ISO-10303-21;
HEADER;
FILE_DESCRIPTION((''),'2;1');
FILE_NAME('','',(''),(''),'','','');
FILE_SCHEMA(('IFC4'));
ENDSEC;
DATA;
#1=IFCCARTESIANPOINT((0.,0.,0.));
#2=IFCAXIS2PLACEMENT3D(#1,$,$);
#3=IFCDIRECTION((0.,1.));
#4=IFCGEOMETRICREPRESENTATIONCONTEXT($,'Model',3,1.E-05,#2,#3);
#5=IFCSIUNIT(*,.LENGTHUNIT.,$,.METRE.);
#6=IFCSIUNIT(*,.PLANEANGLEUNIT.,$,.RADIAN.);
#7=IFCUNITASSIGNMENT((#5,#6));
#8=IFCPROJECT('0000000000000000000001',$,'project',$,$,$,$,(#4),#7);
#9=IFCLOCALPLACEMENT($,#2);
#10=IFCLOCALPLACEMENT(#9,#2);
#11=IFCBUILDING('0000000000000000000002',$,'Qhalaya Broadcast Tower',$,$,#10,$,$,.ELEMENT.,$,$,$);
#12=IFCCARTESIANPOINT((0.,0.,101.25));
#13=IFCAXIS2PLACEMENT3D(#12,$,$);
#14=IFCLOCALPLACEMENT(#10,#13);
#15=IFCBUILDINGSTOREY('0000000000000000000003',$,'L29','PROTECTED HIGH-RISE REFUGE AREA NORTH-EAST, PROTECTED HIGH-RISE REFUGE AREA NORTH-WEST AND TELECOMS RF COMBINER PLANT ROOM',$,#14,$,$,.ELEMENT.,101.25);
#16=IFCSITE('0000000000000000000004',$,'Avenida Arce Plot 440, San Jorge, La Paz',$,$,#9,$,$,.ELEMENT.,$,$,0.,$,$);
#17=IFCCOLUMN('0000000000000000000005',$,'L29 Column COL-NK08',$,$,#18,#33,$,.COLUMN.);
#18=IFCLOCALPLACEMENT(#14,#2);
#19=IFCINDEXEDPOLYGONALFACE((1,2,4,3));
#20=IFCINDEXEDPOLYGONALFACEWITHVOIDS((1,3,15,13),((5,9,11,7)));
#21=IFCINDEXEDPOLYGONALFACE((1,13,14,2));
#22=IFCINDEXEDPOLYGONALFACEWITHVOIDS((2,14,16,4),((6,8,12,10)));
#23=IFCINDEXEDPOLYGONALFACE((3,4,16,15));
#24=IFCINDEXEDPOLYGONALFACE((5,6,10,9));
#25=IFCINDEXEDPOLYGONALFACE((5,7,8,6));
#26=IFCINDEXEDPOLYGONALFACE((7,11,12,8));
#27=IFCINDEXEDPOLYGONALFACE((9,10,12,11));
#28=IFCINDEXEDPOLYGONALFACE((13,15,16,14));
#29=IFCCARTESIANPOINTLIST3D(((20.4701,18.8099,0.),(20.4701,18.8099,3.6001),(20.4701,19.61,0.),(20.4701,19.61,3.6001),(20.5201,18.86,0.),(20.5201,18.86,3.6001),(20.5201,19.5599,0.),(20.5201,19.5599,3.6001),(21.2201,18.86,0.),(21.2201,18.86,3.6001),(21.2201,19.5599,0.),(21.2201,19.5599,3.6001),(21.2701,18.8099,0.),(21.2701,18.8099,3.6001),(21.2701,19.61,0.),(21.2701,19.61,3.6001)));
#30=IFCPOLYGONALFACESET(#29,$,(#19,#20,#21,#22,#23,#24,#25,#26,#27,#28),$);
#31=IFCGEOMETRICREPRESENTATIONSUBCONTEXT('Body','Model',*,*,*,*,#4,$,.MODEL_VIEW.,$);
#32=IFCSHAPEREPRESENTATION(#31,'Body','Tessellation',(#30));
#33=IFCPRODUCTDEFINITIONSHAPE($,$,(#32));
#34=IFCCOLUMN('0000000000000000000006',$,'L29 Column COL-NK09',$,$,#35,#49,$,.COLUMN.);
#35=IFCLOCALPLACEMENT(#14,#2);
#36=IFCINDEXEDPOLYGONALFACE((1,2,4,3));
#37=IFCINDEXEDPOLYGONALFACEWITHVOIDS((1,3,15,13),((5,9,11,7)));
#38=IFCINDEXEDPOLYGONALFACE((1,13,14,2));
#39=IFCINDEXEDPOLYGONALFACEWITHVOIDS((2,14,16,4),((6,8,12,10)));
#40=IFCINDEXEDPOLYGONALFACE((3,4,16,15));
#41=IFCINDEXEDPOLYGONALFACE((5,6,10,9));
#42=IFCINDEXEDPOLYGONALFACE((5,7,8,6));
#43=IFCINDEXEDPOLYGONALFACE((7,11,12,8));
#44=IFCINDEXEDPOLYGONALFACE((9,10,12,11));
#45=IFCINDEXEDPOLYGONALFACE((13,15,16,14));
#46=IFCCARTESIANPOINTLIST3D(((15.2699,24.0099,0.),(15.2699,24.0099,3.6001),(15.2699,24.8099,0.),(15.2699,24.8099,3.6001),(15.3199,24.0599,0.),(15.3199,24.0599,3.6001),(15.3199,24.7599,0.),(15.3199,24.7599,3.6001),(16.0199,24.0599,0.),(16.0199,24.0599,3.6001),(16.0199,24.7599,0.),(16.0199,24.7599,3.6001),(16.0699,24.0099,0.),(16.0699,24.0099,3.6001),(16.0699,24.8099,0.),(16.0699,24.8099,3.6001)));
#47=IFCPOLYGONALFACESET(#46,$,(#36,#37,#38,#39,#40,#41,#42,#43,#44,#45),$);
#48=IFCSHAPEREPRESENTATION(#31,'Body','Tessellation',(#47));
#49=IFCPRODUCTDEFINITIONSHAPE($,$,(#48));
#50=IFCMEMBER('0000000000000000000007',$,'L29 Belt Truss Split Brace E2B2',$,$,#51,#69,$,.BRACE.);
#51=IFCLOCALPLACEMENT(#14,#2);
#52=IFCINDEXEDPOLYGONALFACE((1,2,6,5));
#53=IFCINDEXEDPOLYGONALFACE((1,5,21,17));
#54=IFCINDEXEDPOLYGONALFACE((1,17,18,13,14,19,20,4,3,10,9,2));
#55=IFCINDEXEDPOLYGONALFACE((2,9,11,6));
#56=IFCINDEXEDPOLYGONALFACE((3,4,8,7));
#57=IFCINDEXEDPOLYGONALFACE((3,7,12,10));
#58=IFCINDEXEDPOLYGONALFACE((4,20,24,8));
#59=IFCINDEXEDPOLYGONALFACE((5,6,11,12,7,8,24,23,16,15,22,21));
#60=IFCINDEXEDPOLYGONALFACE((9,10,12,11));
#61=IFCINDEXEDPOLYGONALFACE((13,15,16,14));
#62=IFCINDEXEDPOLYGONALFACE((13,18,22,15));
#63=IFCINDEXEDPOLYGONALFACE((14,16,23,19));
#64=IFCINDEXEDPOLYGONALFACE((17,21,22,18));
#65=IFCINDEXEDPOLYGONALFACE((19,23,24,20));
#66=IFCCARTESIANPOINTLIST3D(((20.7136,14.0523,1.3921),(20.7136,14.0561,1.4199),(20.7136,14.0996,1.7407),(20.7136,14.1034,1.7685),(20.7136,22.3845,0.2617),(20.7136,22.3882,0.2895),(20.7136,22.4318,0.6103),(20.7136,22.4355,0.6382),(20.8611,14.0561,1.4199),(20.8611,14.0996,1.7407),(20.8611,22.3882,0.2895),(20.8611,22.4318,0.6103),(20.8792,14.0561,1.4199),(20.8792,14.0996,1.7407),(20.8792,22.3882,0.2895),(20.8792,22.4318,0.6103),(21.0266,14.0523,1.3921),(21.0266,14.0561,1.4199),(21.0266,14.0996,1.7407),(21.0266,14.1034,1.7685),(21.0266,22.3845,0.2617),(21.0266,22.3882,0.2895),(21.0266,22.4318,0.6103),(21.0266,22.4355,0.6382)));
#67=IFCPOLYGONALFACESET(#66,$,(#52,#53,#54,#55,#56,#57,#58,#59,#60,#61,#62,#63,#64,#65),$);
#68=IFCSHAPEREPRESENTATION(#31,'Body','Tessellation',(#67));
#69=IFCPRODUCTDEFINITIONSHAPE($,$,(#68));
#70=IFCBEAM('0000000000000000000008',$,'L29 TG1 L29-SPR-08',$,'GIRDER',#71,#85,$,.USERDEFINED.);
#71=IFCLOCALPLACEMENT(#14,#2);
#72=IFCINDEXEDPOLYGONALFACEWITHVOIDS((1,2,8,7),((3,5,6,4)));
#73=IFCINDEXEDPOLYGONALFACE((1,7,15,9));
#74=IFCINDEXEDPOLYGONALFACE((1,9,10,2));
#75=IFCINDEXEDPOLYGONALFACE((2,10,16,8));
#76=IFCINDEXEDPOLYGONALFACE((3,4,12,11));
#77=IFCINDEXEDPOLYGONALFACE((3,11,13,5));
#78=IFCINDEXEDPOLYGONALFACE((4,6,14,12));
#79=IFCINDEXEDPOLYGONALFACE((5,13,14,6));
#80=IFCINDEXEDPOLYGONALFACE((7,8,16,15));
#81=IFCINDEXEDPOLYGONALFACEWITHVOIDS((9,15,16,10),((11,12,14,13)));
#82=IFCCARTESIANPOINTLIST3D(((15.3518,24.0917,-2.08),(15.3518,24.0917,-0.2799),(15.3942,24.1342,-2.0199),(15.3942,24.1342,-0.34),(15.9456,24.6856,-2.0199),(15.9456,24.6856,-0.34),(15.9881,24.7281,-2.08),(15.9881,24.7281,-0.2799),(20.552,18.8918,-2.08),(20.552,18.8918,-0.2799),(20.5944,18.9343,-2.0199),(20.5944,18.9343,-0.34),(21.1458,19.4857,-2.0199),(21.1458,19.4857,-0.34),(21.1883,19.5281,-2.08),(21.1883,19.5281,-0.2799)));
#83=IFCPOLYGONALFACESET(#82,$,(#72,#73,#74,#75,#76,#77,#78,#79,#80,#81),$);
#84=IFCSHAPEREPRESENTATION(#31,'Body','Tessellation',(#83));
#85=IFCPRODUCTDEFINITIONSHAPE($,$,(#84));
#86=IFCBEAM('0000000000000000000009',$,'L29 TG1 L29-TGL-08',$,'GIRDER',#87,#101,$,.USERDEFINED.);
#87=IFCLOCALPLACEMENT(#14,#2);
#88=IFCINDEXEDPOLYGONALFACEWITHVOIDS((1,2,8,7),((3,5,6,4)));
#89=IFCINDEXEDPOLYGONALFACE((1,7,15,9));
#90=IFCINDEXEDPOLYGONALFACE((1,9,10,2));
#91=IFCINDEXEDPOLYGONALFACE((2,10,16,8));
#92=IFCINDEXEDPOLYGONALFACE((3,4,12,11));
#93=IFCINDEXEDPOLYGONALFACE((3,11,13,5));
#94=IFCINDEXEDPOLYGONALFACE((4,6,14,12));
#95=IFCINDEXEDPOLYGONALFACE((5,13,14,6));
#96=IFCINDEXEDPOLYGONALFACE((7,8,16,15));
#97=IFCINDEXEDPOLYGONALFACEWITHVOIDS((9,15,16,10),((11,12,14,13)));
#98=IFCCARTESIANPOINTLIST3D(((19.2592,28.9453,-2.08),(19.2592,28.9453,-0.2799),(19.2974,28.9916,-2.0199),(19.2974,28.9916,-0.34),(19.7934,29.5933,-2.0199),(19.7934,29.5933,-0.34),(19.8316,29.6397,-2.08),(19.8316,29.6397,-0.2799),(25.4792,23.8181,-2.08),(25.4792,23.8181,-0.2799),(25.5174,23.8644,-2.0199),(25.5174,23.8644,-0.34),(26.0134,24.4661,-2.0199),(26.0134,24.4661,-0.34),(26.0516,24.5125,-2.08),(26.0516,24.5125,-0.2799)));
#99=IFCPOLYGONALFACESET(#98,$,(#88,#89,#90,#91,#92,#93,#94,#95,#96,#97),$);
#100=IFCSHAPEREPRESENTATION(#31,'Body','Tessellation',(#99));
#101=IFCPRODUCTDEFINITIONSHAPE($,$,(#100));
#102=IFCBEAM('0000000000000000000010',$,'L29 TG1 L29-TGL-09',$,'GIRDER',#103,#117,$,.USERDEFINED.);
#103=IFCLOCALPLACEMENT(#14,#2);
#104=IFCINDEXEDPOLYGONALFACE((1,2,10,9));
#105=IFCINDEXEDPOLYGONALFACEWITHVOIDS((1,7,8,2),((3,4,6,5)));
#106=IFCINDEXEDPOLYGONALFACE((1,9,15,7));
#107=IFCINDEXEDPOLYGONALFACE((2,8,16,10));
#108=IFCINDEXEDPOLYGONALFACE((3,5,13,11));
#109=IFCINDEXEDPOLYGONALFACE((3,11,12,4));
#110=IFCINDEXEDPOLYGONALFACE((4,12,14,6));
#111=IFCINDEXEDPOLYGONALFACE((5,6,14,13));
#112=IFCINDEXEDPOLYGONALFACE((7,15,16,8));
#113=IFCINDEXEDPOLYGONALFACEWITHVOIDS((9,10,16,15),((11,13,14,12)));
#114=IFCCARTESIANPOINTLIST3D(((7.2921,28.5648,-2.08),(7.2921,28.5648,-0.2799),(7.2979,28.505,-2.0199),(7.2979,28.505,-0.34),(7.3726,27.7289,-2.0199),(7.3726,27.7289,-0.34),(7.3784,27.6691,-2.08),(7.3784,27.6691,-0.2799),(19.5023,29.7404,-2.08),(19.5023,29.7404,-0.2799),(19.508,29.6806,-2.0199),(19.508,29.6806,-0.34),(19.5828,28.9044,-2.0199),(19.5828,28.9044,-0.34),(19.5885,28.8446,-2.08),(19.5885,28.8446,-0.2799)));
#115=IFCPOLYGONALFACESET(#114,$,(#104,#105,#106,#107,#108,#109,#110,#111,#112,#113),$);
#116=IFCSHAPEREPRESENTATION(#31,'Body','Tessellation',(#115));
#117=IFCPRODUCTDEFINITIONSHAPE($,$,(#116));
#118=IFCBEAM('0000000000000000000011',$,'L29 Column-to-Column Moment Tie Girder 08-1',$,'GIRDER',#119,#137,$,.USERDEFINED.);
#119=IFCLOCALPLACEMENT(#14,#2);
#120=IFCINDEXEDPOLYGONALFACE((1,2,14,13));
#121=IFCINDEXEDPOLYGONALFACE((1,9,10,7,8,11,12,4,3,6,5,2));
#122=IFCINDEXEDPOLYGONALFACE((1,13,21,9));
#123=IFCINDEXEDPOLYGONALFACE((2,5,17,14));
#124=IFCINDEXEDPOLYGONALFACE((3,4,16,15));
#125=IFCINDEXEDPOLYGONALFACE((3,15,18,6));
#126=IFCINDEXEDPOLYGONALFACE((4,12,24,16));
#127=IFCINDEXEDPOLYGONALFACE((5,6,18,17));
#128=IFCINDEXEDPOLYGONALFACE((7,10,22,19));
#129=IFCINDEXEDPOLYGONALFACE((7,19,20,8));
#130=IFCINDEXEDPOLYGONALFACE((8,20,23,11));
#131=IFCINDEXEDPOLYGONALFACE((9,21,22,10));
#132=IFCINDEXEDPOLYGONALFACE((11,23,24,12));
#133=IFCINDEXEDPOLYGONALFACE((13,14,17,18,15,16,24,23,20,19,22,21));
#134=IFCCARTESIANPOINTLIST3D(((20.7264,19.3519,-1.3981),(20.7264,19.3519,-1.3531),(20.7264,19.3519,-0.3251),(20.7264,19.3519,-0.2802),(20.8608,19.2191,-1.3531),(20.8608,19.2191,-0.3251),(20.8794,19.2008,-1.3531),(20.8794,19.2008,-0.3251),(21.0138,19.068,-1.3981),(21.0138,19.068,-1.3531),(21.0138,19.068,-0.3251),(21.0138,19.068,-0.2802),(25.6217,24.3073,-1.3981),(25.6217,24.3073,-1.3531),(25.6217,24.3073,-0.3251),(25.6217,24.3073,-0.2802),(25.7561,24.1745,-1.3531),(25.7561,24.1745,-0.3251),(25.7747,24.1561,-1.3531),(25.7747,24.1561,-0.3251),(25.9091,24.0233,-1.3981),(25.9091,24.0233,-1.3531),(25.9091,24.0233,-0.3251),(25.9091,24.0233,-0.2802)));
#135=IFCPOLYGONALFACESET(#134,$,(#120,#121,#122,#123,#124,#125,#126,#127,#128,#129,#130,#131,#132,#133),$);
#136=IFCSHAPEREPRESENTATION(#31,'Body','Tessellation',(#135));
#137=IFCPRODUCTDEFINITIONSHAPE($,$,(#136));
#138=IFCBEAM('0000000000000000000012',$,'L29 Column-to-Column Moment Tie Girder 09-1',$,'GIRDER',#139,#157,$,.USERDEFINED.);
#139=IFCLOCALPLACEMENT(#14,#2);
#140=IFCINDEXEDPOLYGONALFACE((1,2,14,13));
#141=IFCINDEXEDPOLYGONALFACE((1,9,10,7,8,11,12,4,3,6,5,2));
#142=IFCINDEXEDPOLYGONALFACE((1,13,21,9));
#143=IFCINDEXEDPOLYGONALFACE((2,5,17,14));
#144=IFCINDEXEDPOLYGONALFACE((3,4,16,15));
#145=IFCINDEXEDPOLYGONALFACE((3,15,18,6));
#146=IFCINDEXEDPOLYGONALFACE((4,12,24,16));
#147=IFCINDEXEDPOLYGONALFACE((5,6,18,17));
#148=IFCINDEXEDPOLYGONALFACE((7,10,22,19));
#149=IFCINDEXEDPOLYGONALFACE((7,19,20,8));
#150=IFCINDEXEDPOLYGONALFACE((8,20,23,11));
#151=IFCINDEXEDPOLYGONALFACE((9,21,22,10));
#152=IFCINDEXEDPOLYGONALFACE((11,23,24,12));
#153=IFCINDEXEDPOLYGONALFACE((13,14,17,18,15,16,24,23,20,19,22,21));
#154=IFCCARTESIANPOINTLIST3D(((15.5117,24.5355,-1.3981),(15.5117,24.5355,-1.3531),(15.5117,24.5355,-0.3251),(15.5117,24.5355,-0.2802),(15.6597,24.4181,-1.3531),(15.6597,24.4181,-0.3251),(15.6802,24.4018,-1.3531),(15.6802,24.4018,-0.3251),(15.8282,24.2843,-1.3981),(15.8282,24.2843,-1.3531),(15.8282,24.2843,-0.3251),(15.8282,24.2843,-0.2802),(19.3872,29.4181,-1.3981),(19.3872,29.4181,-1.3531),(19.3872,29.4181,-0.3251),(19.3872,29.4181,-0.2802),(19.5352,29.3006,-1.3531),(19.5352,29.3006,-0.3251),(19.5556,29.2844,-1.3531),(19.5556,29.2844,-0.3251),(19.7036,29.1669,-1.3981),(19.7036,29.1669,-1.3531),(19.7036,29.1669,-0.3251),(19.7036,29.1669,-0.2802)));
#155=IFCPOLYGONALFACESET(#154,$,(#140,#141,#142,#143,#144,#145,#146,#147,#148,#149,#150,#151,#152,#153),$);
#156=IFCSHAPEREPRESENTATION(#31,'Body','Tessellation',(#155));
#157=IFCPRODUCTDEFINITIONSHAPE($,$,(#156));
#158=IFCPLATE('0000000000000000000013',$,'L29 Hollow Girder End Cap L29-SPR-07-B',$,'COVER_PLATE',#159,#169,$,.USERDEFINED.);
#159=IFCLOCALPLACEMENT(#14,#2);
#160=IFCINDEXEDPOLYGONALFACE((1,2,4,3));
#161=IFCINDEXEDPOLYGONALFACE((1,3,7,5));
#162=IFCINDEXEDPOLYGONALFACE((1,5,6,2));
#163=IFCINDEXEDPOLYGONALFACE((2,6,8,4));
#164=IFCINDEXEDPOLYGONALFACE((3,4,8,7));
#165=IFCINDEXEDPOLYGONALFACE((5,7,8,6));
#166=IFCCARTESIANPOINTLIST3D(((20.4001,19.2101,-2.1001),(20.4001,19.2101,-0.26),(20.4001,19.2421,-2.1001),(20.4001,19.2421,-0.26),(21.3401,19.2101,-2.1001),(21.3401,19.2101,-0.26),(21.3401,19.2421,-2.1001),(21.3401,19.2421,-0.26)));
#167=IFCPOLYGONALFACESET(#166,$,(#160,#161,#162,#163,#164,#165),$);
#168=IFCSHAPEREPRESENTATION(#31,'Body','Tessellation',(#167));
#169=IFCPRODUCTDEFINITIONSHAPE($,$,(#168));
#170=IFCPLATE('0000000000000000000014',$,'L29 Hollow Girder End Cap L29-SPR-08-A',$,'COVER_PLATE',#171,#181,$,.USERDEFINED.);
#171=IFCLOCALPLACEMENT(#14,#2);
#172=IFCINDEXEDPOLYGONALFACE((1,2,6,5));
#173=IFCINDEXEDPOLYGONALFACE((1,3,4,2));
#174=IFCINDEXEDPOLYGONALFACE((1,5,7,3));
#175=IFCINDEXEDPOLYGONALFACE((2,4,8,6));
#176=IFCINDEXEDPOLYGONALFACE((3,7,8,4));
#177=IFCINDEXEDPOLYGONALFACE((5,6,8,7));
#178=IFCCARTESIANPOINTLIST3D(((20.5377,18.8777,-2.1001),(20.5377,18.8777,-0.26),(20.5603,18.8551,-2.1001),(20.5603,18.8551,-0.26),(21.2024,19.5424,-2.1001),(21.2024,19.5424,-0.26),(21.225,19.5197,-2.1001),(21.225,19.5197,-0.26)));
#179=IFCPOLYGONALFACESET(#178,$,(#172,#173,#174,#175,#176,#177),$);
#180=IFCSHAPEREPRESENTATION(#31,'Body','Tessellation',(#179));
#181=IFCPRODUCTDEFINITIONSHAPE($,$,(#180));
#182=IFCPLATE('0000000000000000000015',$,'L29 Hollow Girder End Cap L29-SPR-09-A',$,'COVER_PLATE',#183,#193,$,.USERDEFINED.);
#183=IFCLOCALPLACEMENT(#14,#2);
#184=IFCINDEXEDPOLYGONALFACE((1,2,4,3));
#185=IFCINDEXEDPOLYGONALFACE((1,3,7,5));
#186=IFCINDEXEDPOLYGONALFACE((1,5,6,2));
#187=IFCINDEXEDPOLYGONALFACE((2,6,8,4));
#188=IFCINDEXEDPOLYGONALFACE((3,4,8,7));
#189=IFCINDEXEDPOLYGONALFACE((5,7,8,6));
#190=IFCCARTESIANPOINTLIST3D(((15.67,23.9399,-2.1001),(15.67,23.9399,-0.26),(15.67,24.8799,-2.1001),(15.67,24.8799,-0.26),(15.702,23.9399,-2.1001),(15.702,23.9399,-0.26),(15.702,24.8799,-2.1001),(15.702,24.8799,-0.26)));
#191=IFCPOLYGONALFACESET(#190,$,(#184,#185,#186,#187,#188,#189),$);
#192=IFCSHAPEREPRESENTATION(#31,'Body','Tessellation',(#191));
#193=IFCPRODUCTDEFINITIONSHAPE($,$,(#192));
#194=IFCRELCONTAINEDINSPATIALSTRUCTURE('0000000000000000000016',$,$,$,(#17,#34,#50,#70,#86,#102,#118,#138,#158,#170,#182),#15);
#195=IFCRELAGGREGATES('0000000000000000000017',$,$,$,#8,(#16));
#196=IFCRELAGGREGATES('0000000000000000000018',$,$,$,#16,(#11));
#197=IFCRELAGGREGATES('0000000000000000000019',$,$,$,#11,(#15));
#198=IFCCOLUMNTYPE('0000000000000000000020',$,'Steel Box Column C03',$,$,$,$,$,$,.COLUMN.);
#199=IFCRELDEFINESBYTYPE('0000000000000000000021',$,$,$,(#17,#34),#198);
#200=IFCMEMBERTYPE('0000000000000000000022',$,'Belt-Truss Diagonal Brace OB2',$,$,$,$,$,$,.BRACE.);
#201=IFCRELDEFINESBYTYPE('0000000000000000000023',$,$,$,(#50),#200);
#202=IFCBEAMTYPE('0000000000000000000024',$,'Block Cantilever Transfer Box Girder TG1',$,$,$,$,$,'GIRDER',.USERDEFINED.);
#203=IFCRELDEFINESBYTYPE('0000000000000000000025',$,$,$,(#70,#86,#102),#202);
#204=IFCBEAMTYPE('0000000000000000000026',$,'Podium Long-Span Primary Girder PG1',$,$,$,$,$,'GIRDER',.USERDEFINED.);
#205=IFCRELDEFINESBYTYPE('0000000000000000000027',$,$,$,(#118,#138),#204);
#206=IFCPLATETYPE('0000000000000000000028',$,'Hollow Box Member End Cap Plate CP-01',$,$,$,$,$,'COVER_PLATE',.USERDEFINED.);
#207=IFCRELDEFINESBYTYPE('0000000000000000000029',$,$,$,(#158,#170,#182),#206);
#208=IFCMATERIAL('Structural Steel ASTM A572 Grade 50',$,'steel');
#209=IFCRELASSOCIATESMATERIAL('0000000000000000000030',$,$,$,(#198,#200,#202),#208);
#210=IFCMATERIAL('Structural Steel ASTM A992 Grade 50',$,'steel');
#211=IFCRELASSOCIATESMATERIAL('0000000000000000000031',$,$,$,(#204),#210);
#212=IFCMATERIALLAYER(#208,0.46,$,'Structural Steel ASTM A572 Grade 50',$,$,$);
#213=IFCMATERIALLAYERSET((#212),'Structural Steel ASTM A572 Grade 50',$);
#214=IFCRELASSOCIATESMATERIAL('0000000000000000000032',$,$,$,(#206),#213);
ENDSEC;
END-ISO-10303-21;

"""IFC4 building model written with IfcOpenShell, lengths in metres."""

from ifc_helpers import new_model, si_unit, direction, frame, origin, origin_2d, place, context, subcontext, project, spatial, rectangle, hollow_rectangle, i_section, extrude, material, layer, layer_set, material_profile, profile_set, type_object, element, save


model = new_model("IFC4")

# Units and contexts
model_context = context("Model", 3, precision=1e-05, world=origin(), true_north=direction((0.0, 1.0)))
body_context = subcontext(model_context, "Body", "Model", "MODEL_VIEW")
ifc_project = project(units=[si_unit("LENGTHUNIT", "METRE"), si_unit("PLANEANGLEUNIT", "RADIAN")], contexts=[model_context])

# Site, building, storey
site_placement = place(None, origin())
site = spatial("IfcSite", under=ifc_project, at=site_placement, Name="Avenida Arce Plot 440, San Jorge, La Paz", CompositionType="ELEMENT", RefElevation=0.0)
building_placement = place(site_placement, origin())
building = spatial("IfcBuilding", under=site, at=building_placement, Name="Qhalaya Broadcast Tower", CompositionType="ELEMENT")
storey_placement = place(building_placement, frame((0.0, 0.0, 101.25)))
storey = spatial("IfcBuildingStorey", under=building, at=storey_placement, Name="L29", Description="PROTECTED HIGH-RISE REFUGE AREA NORTH-EAST, PROTECTED HIGH-RISE REFUGE AREA NORTH-WEST AND TELECOMS RF COMBINER PLANT ROOM", CompositionType="ELEMENT", Elevation=101.25)

# Columns
ifc_material_1 = material(Name="Structural Steel ASTM A572 Grade 50", Category="steel")
ifc_material_profile_1 = material_profile(ifc_material_1, hollow_rectangle(XDim=0.8, YDim=0.8, WallThickness=0.05, at=origin_2d()), Name="BOX 800x800x50")
ifc_profile_set_1 = profile_set([ifc_material_profile_1], Name="Structural Steel ASTM A572 Grade 50")
column_type = type_object("IfcColumnType", Name="Steel Box Column C03", PredefinedType="COLUMN", material=ifc_profile_set_1)
for number, where, z_axis, x_axis, name in (
    (1, (20.8701, 19.21, 0.0), (0.0, 0.0, 1.0), (0.0, 1.0, 0.0), "L29 Column COL-NK08"),
    (2, (15.6699, 24.4099, 0.0), (0.0, 0.0, 1.0), (1.0, 0.0, 0.0), "L29 Column COL-NK09"),
):
    element("IfcColumn", number, at=place(storey_placement, frame(where, z_axis=z_axis, x_axis=x_axis)), inside=storey, type_object=column_type, Name=name, PredefinedType="COLUMN", context=body_context, shape_type="SweptSolid", body=[
        extrude(hollow_rectangle(XDim=0.8, YDim=0.8, WallThickness=0.05, at=origin_2d()), origin(), (0.0, 0.0, 1.0), 3.6001),
    ])

# Member
ifc_material_profile_2 = material_profile(ifc_material_1, i_section(OverallWidth=0.313, OverallDepth=0.3799, WebThickness=0.0181, FlangeThickness=0.0281, at=origin_2d()), Name="W12X120")
ifc_profile_set_2 = profile_set([ifc_material_profile_2], Name="Structural Steel ASTM A572 Grade 50")
member_type = type_object("IfcMemberType", Name="Belt-Truss Diagonal Brace OB2", PredefinedType="BRACE", material=ifc_profile_set_2)
member_placement = place(storey_placement, frame((20.8701, 14.0779, 1.5803), z_axis=(0.0, 0.990923, -0.134434), x_axis=(-1.0, 0.0, 0.0)))
element("IfcMember", 3, at=member_placement, inside=storey, type_object=member_type, Name="L29 Belt Truss Split Brace E2B2", PredefinedType="BRACE", context=body_context, shape_type="SweptSolid", body=[
    extrude(i_section(OverallWidth=0.313, OverallDepth=0.3799, WebThickness=0.0181, FlangeThickness=0.0281, at=origin_2d()), origin(), (0.0, 0.0, 1.0), 8.4084),
])

# Beams
ifc_material_profile_3 = material_profile(ifc_material_1, hollow_rectangle(XDim=0.8999, YDim=1.8, WallThickness=0.0601, at=origin_2d()), Name="BOX 900x1800x60")
ifc_profile_set_3 = profile_set([ifc_material_profile_3], Name="Structural Steel ASTM A572 Grade 50")
beam_type_1 = type_object("IfcBeamType", Name="Block Cantilever Transfer Box Girder TG1", ElementType="GIRDER", PredefinedType="USERDEFINED", material=ifc_profile_set_3)
beam_1_placement = place(storey_placement, frame((20.8701, 19.21, -1.1799), z_axis=(-0.707123, 0.70709, 0.0), x_axis=(-0.70709, -0.707123, 0.0)))
element("IfcBeam", 4, at=beam_1_placement, inside=storey, type_object=beam_type_1, Name="L29 TG1 L29-SPR-08", ObjectType="GIRDER", PredefinedType="USERDEFINED", context=body_context, shape_type="SweptSolid", body=[
    extrude(hollow_rectangle(XDim=0.8999, YDim=1.8, WallThickness=0.0601, at=origin_2d()), origin(), (0.0, 0.0, 1.0), 7.354),
])
beam_2_placement = place(storey_placement, frame((25.7654, 24.1653, -1.1799), z_axis=(-0.771634, 0.636067, 0.0), x_axis=(-0.636067, -0.771634, 0.0)))
element("IfcBeam", 5, at=beam_2_placement, inside=storey, type_object=beam_type_1, Name="L29 TG1 L29-TGL-08", ObjectType="GIRDER", PredefinedType="USERDEFINED", context=body_context, shape_type="SweptSolid", body=[
    extrude(hollow_rectangle(XDim=0.8999, YDim=1.8, WallThickness=0.0601, at=origin_2d()), origin(), (0.0, 0.0, 1.0), 8.0608),
])
beam_3_placement = place(storey_placement, frame((19.5454, 29.2925, -1.1799), z_axis=(-0.995398, -0.095832, 0.0), x_axis=(0.095832, -0.995398, 0.0)))
element("IfcBeam", 6, at=beam_3_placement, inside=storey, type_object=beam_type_1, Name="L29 TG1 L29-TGL-09", ObjectType="GIRDER", PredefinedType="USERDEFINED", context=body_context, shape_type="SweptSolid", body=[
    extrude(hollow_rectangle(XDim=0.8999, YDim=1.8, WallThickness=0.0601, at=origin_2d()), origin(), (0.0, 0.0, 1.0), 12.2666),
])
ifc_material_2 = material(Name="Structural Steel ASTM A992 Grade 50", Category="steel")
ifc_material_profile_4 = material_profile(ifc_material_2, i_section(OverallWidth=0.4041, OverallDepth=1.1179, WebThickness=0.0261, FlangeThickness=0.0449, at=origin_2d()), Name="W44X335")
ifc_profile_set_4 = profile_set([ifc_material_profile_4], Name="Structural Steel ASTM A992 Grade 50")
beam_type_2 = type_object("IfcBeamType", Name="Podium Long-Span Primary Girder PG1", ElementType="GIRDER", PredefinedType="USERDEFINED", material=ifc_profile_set_4)
beam_4_placement = place(storey_placement, frame((25.7654, 24.1653, -0.8391), z_axis=(-0.702783, -0.711405, 0.0), x_axis=(0.711405, -0.702783, 0.0)))
element("IfcBeam", 7, at=beam_4_placement, inside=storey, type_object=beam_type_2, Name="L29 Column-to-Column Moment Tie Girder 08-1", ObjectType="GIRDER", PredefinedType="USERDEFINED", context=body_context, shape_type="SweptSolid", body=[
    extrude(i_section(OverallWidth=0.4041, OverallDepth=1.1179, WebThickness=0.0261, FlangeThickness=0.0449, at=origin_2d()), origin(), (0.0, 0.0, 1.0), 6.9656),
])
beam_5_placement = place(storey_placement, frame((19.5454, 29.2925, -0.8391), z_axis=(-0.621701, -0.783255, 0.0), x_axis=(0.783255, -0.621701, 0.0)))
element("IfcBeam", 8, at=beam_5_placement, inside=storey, type_object=beam_type_2, Name="L29 Column-to-Column Moment Tie Girder 09-1", ObjectType="GIRDER", PredefinedType="USERDEFINED", context=body_context, shape_type="SweptSolid", body=[
    extrude(i_section(OverallWidth=0.4041, OverallDepth=1.1179, WebThickness=0.0261, FlangeThickness=0.0449, at=origin_2d()), origin(), (0.0, 0.0, 1.0), 6.2336),
])

# Plates
ifc_layer_1 = layer(ifc_material_1, 0.46, Name="Structural Steel ASTM A572 Grade 50")
ifc_layer_set_1 = layer_set([ifc_layer_1], Name="Structural Steel ASTM A572 Grade 50")
plate_type_1 = type_object("IfcPlateType", Name="Hollow Box Member End Cap Plate CP-01", ElementType="COVER_PLATE", PredefinedType="USERDEFINED", material=ifc_layer_set_1)
for number, where, z_axis, x_axis, name in (
    (9, (20.8701, 19.2261, -2.1001), (0.0, 0.0, 1.0), (-1.0, 0.0, 0.0), "L29 Hollow Girder End Cap L29-SPR-07-B"),
    (10, (20.8813, 19.1987, -2.1001), (0.0, 0.0, 1.0), (-0.707107, -0.707107, 0.0), "L29 Hollow Girder End Cap L29-SPR-08-A"),
    (11, (15.686, 24.4099, -2.1001), (0.0, 0.0, 1.0), (0.0, -1.0, 0.0), "L29 Hollow Girder End Cap L29-SPR-09-A"),
):
    element("IfcPlate", number, at=place(storey_placement, frame(where, z_axis=z_axis, x_axis=x_axis)), inside=storey, type_object=plate_type_1, Name=name, ObjectType="COVER_PLATE", PredefinedType="USERDEFINED", context=body_context, shape_type="SweptSolid", body=[
        extrude(rectangle(XDim=0.9399, YDim=0.032, at=origin_2d()), origin(), (0.0, 0.0, 1.0), 1.8401),
    ])

save(model, "model.ifc")
